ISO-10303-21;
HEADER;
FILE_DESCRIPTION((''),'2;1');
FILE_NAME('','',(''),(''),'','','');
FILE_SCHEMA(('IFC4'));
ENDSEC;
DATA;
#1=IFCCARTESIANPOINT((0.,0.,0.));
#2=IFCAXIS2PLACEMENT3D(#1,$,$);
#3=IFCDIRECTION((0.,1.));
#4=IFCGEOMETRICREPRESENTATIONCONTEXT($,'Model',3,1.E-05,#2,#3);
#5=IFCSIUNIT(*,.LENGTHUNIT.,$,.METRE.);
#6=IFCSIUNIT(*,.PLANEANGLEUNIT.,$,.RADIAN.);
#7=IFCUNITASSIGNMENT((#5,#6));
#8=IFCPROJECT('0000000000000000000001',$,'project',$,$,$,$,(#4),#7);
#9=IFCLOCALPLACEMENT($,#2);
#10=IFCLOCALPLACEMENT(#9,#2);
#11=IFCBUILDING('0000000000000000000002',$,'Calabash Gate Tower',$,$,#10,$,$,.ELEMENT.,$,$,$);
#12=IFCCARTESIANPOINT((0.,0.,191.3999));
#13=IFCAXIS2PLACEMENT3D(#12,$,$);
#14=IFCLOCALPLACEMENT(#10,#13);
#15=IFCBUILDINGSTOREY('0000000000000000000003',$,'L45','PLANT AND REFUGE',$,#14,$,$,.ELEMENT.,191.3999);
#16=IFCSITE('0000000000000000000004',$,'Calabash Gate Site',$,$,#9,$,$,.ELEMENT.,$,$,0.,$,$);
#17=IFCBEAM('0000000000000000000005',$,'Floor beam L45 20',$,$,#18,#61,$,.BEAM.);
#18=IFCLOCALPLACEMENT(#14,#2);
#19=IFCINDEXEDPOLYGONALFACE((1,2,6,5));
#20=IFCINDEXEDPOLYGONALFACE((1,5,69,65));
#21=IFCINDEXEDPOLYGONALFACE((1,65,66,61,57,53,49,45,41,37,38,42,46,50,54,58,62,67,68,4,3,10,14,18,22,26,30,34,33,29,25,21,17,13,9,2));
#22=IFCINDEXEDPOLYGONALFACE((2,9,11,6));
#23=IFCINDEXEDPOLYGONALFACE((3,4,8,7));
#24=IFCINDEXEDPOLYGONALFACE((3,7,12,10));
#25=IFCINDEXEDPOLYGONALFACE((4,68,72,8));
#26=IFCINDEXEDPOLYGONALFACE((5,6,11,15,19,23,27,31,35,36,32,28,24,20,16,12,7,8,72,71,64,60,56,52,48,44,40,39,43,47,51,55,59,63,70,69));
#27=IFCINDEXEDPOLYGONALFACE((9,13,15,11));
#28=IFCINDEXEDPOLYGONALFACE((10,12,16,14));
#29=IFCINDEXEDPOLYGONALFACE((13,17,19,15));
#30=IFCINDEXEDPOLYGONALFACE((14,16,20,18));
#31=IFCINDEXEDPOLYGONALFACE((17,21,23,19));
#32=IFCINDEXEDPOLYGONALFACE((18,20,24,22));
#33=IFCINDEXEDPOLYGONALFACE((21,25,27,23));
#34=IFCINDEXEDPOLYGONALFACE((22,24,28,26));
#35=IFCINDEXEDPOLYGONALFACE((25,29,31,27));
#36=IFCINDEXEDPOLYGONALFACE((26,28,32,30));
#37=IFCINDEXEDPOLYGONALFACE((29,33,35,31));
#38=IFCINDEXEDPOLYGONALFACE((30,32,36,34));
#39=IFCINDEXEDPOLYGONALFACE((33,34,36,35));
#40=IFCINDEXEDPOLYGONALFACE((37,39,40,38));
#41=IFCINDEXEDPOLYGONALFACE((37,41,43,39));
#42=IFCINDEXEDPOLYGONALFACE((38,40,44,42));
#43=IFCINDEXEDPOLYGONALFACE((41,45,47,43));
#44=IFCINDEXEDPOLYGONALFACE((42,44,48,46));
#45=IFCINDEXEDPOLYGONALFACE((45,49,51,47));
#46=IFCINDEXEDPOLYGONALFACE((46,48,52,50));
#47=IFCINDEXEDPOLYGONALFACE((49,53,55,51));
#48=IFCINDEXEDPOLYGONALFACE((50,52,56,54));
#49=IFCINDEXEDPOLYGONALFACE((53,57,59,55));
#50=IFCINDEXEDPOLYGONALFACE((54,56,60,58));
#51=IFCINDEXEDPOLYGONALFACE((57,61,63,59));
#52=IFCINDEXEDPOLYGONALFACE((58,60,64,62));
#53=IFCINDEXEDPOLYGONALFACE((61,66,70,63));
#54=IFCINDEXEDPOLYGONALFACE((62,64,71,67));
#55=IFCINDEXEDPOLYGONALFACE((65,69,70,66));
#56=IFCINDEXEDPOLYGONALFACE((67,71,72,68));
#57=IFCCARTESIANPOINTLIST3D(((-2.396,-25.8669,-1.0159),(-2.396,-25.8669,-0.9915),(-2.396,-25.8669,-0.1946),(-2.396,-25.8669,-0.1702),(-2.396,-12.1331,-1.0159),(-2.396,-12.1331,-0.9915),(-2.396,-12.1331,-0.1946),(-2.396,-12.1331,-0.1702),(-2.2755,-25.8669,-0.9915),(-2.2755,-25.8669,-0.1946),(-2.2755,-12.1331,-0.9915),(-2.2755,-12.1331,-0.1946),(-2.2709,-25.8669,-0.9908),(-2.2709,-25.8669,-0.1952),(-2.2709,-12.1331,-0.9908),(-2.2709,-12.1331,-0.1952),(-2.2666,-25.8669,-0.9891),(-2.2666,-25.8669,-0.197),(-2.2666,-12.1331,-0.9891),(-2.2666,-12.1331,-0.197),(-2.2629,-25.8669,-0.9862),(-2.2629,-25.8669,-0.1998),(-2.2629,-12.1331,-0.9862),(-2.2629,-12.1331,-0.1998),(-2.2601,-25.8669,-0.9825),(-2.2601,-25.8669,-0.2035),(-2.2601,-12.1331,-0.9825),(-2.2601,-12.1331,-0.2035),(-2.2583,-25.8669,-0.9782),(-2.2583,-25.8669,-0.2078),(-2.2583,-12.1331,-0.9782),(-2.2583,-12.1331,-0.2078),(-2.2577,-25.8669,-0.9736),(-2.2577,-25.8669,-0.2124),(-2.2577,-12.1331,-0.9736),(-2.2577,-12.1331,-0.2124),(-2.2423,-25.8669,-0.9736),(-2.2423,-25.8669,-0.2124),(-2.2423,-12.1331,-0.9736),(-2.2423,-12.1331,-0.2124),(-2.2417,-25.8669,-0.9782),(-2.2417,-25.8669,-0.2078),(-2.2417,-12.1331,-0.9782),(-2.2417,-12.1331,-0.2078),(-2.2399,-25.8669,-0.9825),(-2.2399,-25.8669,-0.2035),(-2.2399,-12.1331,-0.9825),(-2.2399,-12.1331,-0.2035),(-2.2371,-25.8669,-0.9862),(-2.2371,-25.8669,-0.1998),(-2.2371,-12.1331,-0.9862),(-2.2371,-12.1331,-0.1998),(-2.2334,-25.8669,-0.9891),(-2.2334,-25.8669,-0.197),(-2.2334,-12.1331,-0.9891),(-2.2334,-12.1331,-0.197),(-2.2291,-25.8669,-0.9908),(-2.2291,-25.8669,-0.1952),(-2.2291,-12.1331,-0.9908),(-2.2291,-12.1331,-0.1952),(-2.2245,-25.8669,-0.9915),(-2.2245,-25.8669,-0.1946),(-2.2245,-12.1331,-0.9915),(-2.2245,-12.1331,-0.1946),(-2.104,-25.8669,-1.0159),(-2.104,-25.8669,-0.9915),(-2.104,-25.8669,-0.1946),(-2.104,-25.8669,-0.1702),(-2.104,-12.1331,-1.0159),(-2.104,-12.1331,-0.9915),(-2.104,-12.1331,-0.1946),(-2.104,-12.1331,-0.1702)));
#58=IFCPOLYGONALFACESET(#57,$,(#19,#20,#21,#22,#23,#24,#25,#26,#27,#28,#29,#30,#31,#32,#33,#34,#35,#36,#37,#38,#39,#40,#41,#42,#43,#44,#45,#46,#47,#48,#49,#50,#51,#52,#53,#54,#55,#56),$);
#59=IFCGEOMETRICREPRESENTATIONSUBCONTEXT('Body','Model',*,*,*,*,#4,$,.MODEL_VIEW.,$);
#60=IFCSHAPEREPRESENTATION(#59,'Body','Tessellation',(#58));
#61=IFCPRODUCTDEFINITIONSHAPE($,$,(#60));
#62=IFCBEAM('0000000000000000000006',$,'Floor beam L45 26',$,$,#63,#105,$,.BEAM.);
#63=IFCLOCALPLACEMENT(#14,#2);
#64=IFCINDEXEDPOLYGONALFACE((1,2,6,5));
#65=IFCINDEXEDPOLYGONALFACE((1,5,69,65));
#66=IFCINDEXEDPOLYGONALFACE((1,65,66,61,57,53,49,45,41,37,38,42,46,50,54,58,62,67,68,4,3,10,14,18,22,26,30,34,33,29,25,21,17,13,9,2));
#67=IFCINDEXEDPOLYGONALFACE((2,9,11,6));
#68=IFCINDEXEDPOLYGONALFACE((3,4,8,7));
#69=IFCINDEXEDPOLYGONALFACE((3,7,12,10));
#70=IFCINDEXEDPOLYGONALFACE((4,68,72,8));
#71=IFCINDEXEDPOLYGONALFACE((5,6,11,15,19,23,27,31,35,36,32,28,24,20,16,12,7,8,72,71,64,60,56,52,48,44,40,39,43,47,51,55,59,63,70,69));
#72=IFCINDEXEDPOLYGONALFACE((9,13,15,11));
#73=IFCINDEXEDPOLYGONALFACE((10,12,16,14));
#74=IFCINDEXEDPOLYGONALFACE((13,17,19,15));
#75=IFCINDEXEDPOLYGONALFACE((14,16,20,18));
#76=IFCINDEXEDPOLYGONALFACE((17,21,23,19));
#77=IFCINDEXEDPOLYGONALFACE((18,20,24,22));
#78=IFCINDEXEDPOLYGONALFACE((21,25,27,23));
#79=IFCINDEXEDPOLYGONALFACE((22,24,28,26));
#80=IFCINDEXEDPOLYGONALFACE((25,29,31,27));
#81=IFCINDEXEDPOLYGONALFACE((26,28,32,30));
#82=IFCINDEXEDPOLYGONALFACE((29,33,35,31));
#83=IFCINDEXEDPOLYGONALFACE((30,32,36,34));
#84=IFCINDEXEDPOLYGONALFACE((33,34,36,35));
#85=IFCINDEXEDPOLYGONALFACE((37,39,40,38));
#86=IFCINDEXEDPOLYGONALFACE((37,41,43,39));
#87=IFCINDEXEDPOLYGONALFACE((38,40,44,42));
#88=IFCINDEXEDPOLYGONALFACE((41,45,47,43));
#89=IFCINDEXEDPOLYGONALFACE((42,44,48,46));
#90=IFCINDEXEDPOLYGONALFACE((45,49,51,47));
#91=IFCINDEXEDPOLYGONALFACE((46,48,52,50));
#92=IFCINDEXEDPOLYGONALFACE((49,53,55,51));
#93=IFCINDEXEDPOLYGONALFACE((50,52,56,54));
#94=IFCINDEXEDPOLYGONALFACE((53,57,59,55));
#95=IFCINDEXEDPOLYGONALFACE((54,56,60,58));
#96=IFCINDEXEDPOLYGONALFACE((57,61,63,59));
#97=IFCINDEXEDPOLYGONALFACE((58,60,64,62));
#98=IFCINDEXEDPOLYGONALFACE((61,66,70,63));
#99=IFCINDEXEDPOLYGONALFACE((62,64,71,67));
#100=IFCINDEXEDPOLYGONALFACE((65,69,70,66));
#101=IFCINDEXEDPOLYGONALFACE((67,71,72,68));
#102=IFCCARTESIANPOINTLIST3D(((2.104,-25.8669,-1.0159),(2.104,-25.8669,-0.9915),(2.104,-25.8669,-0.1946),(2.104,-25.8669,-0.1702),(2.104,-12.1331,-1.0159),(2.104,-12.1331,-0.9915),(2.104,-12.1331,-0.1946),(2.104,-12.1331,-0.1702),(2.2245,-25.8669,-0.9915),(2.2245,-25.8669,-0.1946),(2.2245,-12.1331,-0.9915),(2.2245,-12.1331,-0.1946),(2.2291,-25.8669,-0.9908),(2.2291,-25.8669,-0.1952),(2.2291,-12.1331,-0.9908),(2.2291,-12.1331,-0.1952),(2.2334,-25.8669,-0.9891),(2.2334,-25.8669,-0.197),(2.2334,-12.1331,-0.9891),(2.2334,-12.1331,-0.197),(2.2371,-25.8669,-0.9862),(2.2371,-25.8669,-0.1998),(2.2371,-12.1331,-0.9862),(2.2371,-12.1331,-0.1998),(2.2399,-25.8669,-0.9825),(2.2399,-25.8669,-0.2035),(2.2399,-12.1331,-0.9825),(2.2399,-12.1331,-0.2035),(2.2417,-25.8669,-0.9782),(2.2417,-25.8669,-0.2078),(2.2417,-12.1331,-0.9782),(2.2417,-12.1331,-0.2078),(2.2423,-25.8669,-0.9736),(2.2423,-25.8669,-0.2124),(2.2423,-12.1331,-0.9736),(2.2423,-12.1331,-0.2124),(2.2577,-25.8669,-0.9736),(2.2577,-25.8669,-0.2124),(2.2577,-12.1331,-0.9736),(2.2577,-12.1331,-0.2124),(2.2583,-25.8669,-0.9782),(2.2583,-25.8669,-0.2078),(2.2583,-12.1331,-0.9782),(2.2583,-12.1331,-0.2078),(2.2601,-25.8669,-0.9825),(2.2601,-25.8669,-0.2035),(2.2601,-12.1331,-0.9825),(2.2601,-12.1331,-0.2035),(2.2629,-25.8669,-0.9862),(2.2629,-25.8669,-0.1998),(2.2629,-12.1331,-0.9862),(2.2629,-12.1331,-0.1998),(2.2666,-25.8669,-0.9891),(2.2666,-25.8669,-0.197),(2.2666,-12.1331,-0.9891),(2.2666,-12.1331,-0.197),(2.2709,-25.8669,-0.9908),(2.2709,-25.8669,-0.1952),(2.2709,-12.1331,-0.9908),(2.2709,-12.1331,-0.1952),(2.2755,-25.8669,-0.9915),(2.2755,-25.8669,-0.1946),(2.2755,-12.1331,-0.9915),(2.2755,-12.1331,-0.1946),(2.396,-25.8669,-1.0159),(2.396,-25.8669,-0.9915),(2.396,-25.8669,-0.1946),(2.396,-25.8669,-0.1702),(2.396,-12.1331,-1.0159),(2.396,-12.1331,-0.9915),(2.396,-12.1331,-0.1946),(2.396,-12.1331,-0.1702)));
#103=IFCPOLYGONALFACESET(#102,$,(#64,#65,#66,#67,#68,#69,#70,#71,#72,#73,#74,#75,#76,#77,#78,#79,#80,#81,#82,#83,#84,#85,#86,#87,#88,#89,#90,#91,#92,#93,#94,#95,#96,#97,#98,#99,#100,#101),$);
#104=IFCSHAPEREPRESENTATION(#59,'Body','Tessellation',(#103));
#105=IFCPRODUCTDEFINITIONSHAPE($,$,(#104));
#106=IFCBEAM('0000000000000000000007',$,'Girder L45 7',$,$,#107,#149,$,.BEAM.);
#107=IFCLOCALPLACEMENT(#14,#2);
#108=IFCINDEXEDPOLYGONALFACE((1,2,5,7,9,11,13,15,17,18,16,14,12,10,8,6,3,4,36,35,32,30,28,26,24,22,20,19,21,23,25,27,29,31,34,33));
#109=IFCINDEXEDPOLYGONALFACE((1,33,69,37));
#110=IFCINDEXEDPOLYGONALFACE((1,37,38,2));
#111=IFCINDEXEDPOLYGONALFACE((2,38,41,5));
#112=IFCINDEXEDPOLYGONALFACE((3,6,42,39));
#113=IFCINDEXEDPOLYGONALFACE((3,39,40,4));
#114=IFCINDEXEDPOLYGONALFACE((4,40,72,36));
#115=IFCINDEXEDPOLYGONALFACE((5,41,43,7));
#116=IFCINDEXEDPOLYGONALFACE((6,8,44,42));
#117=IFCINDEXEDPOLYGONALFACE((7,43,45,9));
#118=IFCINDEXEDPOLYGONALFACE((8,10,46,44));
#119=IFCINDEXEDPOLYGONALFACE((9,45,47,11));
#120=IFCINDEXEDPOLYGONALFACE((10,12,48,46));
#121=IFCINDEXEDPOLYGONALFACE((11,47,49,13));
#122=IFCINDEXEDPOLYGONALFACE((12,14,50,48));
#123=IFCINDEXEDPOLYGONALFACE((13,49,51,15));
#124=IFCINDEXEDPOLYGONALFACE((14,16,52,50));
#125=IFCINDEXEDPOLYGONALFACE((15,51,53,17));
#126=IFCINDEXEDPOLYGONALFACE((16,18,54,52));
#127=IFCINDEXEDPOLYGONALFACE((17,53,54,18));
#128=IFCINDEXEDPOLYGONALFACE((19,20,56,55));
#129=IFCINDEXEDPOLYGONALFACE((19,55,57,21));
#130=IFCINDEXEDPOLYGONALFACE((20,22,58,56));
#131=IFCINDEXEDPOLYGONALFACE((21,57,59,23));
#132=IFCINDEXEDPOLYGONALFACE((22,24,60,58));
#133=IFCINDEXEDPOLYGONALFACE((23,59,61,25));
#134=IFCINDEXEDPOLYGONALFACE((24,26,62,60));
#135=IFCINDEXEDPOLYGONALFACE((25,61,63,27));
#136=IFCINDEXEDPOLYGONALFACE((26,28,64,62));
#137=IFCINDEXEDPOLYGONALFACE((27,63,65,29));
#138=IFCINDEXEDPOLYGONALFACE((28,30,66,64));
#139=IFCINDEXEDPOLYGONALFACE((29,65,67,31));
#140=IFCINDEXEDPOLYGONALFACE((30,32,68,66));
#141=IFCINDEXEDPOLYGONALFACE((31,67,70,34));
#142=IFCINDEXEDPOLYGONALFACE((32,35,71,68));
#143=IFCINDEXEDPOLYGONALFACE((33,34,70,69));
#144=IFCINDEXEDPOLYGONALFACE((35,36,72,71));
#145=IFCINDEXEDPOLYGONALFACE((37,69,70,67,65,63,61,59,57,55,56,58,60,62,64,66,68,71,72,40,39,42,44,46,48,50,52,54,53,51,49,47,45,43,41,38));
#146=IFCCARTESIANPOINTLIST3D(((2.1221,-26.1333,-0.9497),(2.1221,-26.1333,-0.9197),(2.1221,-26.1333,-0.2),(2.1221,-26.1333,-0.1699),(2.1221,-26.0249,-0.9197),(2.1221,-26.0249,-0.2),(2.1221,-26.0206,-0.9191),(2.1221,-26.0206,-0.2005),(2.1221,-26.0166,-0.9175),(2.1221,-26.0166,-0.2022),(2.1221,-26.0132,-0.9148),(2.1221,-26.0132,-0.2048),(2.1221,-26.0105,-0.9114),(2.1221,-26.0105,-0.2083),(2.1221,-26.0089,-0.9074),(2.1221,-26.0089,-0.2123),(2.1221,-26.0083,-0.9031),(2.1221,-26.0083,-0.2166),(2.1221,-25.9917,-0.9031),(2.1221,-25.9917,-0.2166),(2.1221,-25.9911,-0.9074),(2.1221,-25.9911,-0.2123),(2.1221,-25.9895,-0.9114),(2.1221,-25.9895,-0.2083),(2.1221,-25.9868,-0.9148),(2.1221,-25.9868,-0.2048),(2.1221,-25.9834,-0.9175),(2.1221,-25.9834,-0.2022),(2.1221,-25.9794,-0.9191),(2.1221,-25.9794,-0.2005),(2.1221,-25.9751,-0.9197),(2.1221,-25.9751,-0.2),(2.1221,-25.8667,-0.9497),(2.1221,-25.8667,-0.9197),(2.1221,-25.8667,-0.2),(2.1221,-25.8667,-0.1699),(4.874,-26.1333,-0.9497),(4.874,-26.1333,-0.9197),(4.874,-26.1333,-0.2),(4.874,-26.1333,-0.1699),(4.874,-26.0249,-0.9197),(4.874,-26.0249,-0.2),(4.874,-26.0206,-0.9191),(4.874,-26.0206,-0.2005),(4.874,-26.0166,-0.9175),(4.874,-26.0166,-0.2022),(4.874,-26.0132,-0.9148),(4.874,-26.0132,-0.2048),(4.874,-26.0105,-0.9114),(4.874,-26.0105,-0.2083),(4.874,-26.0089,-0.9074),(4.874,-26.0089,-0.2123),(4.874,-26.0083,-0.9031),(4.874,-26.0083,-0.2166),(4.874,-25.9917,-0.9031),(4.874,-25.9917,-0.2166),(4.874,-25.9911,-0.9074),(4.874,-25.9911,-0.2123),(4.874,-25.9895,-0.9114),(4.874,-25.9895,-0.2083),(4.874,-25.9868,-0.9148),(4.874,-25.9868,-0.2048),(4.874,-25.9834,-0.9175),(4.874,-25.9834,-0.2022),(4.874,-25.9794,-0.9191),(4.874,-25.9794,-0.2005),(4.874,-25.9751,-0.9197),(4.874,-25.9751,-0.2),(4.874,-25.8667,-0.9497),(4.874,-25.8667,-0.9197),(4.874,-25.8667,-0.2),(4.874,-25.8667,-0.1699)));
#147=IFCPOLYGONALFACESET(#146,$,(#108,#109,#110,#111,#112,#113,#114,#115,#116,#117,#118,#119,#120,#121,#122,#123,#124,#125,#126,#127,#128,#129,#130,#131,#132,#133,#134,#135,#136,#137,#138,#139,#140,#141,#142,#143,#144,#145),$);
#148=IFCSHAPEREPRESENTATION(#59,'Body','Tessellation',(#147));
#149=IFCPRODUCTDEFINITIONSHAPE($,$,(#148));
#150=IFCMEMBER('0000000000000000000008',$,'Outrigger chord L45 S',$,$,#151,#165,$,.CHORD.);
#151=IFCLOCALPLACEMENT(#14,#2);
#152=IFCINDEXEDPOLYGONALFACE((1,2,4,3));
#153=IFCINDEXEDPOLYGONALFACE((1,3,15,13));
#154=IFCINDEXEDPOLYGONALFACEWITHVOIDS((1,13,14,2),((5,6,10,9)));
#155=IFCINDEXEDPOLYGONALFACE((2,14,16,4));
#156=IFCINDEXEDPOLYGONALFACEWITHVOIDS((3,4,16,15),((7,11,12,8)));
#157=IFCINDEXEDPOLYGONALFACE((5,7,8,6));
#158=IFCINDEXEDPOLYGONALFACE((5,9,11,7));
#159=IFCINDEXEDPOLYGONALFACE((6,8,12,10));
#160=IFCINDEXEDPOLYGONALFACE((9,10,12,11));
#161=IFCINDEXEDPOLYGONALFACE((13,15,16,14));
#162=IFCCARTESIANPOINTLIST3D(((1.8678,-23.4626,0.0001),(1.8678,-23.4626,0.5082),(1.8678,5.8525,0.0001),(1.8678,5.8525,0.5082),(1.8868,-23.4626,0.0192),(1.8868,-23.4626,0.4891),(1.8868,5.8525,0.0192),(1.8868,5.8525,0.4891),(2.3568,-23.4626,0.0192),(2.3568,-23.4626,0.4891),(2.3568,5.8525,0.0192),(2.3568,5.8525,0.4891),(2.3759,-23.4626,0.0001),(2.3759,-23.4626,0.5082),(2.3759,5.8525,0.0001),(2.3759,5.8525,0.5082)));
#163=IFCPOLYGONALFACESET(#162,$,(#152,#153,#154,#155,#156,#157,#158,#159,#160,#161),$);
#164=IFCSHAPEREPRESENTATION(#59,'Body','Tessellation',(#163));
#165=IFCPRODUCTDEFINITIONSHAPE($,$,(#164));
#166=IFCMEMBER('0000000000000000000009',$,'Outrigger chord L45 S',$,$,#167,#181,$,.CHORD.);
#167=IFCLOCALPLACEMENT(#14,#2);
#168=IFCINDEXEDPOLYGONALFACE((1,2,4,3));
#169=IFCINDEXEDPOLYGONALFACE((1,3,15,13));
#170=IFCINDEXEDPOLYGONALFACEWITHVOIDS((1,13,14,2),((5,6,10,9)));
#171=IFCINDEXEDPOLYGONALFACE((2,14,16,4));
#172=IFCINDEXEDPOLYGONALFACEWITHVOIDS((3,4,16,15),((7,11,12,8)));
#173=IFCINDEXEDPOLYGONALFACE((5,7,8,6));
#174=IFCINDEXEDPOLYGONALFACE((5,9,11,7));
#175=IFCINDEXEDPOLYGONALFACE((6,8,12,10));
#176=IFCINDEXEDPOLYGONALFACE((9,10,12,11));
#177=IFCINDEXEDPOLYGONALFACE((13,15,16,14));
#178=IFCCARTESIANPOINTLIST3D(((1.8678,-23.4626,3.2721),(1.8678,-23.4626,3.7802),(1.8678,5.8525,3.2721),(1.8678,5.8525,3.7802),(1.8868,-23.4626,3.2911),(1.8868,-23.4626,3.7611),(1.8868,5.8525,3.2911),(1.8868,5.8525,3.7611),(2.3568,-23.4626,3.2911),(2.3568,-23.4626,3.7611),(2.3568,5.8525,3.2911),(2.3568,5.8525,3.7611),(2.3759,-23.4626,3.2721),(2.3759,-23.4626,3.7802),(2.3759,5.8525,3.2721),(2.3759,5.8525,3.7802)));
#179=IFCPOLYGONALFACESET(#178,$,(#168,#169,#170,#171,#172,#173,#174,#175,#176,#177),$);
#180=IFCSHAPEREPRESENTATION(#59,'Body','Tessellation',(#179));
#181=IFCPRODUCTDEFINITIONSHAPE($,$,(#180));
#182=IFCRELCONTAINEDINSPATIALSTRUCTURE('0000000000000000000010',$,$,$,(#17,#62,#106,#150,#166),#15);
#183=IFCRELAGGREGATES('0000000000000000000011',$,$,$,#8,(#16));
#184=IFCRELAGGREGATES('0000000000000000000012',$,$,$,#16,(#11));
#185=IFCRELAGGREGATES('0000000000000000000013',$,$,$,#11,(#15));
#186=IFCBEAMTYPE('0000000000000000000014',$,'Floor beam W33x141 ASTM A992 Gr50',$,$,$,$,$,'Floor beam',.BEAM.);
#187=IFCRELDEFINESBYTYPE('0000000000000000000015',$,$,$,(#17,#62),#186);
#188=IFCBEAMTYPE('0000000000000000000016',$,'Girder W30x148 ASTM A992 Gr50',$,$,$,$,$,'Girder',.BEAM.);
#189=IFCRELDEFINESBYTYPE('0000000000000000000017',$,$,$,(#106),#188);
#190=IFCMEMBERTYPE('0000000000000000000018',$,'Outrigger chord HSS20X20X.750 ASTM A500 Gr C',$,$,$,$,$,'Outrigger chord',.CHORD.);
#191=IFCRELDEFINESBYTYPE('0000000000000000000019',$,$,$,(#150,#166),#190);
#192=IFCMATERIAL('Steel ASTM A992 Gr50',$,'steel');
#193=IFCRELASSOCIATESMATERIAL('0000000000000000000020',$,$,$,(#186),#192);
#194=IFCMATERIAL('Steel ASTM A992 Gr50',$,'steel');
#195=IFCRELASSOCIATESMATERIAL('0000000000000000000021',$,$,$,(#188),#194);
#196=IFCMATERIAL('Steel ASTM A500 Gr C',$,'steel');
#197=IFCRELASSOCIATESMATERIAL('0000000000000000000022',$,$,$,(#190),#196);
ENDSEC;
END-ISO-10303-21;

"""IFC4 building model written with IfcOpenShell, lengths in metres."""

from ifc_helpers import new_model, si_unit, direction, frame, origin, origin_2d, place, context, subcontext, project, spatial, hollow_rectangle, i_section, extrude, material, material_profile, profile_set, type_object, element, save


model = new_model("IFC4")

# Units and contexts
model_context = context("Model", 3, precision=1e-05, world=origin(), true_north=direction((0.0, 1.0)))
body_context = subcontext(model_context, "Body", "Model", "MODEL_VIEW")
ifc_project = project(units=[si_unit("LENGTHUNIT", "METRE"), si_unit("PLANEANGLEUNIT", "RADIAN")], contexts=[model_context])

# Site, building, storey
site_placement = place(None, origin())
site = spatial("IfcSite", under=ifc_project, at=site_placement, Name="Calabash Gate Site", CompositionType="ELEMENT", RefElevation=0.0)
building_placement = place(site_placement, origin())
building = spatial("IfcBuilding", under=site, at=building_placement, Name="Calabash Gate Tower", CompositionType="ELEMENT")
storey_placement = place(building_placement, frame((0.0, 0.0, 191.3999)))
storey = spatial("IfcBuildingStorey", under=building, at=storey_placement, Name="L45", Description="PLANT AND REFUGE", CompositionType="ELEMENT", Elevation=191.3999)

# Beams
ifc_material_1 = material(Name="Steel ASTM A992 Gr50", Category="steel")
ifc_material_profile_1 = material_profile(ifc_material_1, i_section(OverallWidth=0.292, OverallDepth=0.8457, WebThickness=0.0154, FlangeThickness=0.0244, FilletRadius=0.0178, at=origin_2d()))
ifc_profile_set_1 = profile_set([ifc_material_profile_1], Name="Steel ASTM A992 Gr50")
beam_type_1 = type_object("IfcBeamType", Name="Floor beam W33x141 ASTM A992 Gr50", ElementType="Floor beam", PredefinedType="BEAM", material=ifc_profile_set_1)
for number, where, z_axis, x_axis, name in (
    (1, (-2.25, -25.8669, -0.593), (0.0, 1.0, 0.0), (-1.0, 0.0, 0.0), "Floor beam L45 20"),
    (2, (2.25, -25.8669, -0.593), (0.0, 1.0, 0.0), (-1.0, 0.0, 0.0), "Floor beam L45 26"),
):
    element("IfcBeam", number, at=place(storey_placement, frame(where, z_axis=z_axis, x_axis=x_axis)), inside=storey, type_object=beam_type_1, Name=name, PredefinedType="BEAM", context=body_context, shape_type="SweptSolid", body=[
        extrude(i_section(OverallWidth=0.292, OverallDepth=0.8457, WebThickness=0.0154, FlangeThickness=0.0244, FilletRadius=0.0178, at=origin_2d()), origin(), (0.0, 0.0, 1.0), 13.7339),
    ])
ifc_material_2 = material(Name="Steel ASTM A992 Gr50", Category="steel")
ifc_material_profile_2 = material_profile(ifc_material_2, i_section(OverallWidth=0.2666, OverallDepth=0.7798, WebThickness=0.0166, FlangeThickness=0.03, FilletRadius=0.0166, at=origin_2d()))
ifc_profile_set_2 = profile_set([ifc_material_profile_2], Name="Steel ASTM A992 Gr50")
beam_type_2 = type_object("IfcBeamType", Name="Girder W30x148 ASTM A992 Gr50", ElementType="Girder", PredefinedType="BEAM", material=ifc_profile_set_2)
beam_1_placement = place(storey_placement, frame((2.1221, -26.0, -0.5598), z_axis=(1.0, 0.0, 0.0), x_axis=(0.0, 1.0, 0.0)))
element("IfcBeam", 3, at=beam_1_placement, inside=storey, type_object=beam_type_2, Name="Girder L45 7", PredefinedType="BEAM", context=body_context, shape_type="SweptSolid", body=[
    extrude(i_section(OverallWidth=0.2666, OverallDepth=0.7798, WebThickness=0.0166, FlangeThickness=0.03, FilletRadius=0.0166, at=origin_2d()), origin(), (0.0, 0.0, 1.0), 2.752),
])

# Members
ifc_material_3 = material(Name="Steel ASTM A500 Gr C", Category="steel")
ifc_material_profile_3 = material_profile(ifc_material_3, hollow_rectangle(XDim=0.5081, YDim=0.5081, WallThickness=0.019, at=origin_2d()))
ifc_profile_set_3 = profile_set([ifc_material_profile_3], Name="Steel ASTM A500 Gr C")
member_type_1 = type_object("IfcMemberType", Name="Outrigger chord HSS20X20X.750 ASTM A500 Gr C", ElementType="Outrigger chord", PredefinedType="CHORD", material=ifc_profile_set_3)
for number, where, z_axis, x_axis, name in (
    (4, (2.1218, -23.4626, 0.2542), (0.0, 1.0, 0.0), (-1.0, 0.0, 0.0), "Outrigger chord L45 S"),
    (5, (2.1218, -23.4626, 3.5261), (0.0, 1.0, 0.0), (-1.0, 0.0, 0.0), "Outrigger chord L45 S"),
):
    element("IfcMember", number, at=place(storey_placement, frame(where, z_axis=z_axis, x_axis=x_axis)), inside=storey, type_object=member_type_1, Name=name, PredefinedType="CHORD", context=body_context, shape_type="SweptSolid", body=[
        extrude(hollow_rectangle(XDim=0.5081, YDim=0.5081, WallThickness=0.019, at=origin_2d()), origin(), (0.0, 0.0, 1.0), 29.3152),
    ])

save(model, "model.ifc")
